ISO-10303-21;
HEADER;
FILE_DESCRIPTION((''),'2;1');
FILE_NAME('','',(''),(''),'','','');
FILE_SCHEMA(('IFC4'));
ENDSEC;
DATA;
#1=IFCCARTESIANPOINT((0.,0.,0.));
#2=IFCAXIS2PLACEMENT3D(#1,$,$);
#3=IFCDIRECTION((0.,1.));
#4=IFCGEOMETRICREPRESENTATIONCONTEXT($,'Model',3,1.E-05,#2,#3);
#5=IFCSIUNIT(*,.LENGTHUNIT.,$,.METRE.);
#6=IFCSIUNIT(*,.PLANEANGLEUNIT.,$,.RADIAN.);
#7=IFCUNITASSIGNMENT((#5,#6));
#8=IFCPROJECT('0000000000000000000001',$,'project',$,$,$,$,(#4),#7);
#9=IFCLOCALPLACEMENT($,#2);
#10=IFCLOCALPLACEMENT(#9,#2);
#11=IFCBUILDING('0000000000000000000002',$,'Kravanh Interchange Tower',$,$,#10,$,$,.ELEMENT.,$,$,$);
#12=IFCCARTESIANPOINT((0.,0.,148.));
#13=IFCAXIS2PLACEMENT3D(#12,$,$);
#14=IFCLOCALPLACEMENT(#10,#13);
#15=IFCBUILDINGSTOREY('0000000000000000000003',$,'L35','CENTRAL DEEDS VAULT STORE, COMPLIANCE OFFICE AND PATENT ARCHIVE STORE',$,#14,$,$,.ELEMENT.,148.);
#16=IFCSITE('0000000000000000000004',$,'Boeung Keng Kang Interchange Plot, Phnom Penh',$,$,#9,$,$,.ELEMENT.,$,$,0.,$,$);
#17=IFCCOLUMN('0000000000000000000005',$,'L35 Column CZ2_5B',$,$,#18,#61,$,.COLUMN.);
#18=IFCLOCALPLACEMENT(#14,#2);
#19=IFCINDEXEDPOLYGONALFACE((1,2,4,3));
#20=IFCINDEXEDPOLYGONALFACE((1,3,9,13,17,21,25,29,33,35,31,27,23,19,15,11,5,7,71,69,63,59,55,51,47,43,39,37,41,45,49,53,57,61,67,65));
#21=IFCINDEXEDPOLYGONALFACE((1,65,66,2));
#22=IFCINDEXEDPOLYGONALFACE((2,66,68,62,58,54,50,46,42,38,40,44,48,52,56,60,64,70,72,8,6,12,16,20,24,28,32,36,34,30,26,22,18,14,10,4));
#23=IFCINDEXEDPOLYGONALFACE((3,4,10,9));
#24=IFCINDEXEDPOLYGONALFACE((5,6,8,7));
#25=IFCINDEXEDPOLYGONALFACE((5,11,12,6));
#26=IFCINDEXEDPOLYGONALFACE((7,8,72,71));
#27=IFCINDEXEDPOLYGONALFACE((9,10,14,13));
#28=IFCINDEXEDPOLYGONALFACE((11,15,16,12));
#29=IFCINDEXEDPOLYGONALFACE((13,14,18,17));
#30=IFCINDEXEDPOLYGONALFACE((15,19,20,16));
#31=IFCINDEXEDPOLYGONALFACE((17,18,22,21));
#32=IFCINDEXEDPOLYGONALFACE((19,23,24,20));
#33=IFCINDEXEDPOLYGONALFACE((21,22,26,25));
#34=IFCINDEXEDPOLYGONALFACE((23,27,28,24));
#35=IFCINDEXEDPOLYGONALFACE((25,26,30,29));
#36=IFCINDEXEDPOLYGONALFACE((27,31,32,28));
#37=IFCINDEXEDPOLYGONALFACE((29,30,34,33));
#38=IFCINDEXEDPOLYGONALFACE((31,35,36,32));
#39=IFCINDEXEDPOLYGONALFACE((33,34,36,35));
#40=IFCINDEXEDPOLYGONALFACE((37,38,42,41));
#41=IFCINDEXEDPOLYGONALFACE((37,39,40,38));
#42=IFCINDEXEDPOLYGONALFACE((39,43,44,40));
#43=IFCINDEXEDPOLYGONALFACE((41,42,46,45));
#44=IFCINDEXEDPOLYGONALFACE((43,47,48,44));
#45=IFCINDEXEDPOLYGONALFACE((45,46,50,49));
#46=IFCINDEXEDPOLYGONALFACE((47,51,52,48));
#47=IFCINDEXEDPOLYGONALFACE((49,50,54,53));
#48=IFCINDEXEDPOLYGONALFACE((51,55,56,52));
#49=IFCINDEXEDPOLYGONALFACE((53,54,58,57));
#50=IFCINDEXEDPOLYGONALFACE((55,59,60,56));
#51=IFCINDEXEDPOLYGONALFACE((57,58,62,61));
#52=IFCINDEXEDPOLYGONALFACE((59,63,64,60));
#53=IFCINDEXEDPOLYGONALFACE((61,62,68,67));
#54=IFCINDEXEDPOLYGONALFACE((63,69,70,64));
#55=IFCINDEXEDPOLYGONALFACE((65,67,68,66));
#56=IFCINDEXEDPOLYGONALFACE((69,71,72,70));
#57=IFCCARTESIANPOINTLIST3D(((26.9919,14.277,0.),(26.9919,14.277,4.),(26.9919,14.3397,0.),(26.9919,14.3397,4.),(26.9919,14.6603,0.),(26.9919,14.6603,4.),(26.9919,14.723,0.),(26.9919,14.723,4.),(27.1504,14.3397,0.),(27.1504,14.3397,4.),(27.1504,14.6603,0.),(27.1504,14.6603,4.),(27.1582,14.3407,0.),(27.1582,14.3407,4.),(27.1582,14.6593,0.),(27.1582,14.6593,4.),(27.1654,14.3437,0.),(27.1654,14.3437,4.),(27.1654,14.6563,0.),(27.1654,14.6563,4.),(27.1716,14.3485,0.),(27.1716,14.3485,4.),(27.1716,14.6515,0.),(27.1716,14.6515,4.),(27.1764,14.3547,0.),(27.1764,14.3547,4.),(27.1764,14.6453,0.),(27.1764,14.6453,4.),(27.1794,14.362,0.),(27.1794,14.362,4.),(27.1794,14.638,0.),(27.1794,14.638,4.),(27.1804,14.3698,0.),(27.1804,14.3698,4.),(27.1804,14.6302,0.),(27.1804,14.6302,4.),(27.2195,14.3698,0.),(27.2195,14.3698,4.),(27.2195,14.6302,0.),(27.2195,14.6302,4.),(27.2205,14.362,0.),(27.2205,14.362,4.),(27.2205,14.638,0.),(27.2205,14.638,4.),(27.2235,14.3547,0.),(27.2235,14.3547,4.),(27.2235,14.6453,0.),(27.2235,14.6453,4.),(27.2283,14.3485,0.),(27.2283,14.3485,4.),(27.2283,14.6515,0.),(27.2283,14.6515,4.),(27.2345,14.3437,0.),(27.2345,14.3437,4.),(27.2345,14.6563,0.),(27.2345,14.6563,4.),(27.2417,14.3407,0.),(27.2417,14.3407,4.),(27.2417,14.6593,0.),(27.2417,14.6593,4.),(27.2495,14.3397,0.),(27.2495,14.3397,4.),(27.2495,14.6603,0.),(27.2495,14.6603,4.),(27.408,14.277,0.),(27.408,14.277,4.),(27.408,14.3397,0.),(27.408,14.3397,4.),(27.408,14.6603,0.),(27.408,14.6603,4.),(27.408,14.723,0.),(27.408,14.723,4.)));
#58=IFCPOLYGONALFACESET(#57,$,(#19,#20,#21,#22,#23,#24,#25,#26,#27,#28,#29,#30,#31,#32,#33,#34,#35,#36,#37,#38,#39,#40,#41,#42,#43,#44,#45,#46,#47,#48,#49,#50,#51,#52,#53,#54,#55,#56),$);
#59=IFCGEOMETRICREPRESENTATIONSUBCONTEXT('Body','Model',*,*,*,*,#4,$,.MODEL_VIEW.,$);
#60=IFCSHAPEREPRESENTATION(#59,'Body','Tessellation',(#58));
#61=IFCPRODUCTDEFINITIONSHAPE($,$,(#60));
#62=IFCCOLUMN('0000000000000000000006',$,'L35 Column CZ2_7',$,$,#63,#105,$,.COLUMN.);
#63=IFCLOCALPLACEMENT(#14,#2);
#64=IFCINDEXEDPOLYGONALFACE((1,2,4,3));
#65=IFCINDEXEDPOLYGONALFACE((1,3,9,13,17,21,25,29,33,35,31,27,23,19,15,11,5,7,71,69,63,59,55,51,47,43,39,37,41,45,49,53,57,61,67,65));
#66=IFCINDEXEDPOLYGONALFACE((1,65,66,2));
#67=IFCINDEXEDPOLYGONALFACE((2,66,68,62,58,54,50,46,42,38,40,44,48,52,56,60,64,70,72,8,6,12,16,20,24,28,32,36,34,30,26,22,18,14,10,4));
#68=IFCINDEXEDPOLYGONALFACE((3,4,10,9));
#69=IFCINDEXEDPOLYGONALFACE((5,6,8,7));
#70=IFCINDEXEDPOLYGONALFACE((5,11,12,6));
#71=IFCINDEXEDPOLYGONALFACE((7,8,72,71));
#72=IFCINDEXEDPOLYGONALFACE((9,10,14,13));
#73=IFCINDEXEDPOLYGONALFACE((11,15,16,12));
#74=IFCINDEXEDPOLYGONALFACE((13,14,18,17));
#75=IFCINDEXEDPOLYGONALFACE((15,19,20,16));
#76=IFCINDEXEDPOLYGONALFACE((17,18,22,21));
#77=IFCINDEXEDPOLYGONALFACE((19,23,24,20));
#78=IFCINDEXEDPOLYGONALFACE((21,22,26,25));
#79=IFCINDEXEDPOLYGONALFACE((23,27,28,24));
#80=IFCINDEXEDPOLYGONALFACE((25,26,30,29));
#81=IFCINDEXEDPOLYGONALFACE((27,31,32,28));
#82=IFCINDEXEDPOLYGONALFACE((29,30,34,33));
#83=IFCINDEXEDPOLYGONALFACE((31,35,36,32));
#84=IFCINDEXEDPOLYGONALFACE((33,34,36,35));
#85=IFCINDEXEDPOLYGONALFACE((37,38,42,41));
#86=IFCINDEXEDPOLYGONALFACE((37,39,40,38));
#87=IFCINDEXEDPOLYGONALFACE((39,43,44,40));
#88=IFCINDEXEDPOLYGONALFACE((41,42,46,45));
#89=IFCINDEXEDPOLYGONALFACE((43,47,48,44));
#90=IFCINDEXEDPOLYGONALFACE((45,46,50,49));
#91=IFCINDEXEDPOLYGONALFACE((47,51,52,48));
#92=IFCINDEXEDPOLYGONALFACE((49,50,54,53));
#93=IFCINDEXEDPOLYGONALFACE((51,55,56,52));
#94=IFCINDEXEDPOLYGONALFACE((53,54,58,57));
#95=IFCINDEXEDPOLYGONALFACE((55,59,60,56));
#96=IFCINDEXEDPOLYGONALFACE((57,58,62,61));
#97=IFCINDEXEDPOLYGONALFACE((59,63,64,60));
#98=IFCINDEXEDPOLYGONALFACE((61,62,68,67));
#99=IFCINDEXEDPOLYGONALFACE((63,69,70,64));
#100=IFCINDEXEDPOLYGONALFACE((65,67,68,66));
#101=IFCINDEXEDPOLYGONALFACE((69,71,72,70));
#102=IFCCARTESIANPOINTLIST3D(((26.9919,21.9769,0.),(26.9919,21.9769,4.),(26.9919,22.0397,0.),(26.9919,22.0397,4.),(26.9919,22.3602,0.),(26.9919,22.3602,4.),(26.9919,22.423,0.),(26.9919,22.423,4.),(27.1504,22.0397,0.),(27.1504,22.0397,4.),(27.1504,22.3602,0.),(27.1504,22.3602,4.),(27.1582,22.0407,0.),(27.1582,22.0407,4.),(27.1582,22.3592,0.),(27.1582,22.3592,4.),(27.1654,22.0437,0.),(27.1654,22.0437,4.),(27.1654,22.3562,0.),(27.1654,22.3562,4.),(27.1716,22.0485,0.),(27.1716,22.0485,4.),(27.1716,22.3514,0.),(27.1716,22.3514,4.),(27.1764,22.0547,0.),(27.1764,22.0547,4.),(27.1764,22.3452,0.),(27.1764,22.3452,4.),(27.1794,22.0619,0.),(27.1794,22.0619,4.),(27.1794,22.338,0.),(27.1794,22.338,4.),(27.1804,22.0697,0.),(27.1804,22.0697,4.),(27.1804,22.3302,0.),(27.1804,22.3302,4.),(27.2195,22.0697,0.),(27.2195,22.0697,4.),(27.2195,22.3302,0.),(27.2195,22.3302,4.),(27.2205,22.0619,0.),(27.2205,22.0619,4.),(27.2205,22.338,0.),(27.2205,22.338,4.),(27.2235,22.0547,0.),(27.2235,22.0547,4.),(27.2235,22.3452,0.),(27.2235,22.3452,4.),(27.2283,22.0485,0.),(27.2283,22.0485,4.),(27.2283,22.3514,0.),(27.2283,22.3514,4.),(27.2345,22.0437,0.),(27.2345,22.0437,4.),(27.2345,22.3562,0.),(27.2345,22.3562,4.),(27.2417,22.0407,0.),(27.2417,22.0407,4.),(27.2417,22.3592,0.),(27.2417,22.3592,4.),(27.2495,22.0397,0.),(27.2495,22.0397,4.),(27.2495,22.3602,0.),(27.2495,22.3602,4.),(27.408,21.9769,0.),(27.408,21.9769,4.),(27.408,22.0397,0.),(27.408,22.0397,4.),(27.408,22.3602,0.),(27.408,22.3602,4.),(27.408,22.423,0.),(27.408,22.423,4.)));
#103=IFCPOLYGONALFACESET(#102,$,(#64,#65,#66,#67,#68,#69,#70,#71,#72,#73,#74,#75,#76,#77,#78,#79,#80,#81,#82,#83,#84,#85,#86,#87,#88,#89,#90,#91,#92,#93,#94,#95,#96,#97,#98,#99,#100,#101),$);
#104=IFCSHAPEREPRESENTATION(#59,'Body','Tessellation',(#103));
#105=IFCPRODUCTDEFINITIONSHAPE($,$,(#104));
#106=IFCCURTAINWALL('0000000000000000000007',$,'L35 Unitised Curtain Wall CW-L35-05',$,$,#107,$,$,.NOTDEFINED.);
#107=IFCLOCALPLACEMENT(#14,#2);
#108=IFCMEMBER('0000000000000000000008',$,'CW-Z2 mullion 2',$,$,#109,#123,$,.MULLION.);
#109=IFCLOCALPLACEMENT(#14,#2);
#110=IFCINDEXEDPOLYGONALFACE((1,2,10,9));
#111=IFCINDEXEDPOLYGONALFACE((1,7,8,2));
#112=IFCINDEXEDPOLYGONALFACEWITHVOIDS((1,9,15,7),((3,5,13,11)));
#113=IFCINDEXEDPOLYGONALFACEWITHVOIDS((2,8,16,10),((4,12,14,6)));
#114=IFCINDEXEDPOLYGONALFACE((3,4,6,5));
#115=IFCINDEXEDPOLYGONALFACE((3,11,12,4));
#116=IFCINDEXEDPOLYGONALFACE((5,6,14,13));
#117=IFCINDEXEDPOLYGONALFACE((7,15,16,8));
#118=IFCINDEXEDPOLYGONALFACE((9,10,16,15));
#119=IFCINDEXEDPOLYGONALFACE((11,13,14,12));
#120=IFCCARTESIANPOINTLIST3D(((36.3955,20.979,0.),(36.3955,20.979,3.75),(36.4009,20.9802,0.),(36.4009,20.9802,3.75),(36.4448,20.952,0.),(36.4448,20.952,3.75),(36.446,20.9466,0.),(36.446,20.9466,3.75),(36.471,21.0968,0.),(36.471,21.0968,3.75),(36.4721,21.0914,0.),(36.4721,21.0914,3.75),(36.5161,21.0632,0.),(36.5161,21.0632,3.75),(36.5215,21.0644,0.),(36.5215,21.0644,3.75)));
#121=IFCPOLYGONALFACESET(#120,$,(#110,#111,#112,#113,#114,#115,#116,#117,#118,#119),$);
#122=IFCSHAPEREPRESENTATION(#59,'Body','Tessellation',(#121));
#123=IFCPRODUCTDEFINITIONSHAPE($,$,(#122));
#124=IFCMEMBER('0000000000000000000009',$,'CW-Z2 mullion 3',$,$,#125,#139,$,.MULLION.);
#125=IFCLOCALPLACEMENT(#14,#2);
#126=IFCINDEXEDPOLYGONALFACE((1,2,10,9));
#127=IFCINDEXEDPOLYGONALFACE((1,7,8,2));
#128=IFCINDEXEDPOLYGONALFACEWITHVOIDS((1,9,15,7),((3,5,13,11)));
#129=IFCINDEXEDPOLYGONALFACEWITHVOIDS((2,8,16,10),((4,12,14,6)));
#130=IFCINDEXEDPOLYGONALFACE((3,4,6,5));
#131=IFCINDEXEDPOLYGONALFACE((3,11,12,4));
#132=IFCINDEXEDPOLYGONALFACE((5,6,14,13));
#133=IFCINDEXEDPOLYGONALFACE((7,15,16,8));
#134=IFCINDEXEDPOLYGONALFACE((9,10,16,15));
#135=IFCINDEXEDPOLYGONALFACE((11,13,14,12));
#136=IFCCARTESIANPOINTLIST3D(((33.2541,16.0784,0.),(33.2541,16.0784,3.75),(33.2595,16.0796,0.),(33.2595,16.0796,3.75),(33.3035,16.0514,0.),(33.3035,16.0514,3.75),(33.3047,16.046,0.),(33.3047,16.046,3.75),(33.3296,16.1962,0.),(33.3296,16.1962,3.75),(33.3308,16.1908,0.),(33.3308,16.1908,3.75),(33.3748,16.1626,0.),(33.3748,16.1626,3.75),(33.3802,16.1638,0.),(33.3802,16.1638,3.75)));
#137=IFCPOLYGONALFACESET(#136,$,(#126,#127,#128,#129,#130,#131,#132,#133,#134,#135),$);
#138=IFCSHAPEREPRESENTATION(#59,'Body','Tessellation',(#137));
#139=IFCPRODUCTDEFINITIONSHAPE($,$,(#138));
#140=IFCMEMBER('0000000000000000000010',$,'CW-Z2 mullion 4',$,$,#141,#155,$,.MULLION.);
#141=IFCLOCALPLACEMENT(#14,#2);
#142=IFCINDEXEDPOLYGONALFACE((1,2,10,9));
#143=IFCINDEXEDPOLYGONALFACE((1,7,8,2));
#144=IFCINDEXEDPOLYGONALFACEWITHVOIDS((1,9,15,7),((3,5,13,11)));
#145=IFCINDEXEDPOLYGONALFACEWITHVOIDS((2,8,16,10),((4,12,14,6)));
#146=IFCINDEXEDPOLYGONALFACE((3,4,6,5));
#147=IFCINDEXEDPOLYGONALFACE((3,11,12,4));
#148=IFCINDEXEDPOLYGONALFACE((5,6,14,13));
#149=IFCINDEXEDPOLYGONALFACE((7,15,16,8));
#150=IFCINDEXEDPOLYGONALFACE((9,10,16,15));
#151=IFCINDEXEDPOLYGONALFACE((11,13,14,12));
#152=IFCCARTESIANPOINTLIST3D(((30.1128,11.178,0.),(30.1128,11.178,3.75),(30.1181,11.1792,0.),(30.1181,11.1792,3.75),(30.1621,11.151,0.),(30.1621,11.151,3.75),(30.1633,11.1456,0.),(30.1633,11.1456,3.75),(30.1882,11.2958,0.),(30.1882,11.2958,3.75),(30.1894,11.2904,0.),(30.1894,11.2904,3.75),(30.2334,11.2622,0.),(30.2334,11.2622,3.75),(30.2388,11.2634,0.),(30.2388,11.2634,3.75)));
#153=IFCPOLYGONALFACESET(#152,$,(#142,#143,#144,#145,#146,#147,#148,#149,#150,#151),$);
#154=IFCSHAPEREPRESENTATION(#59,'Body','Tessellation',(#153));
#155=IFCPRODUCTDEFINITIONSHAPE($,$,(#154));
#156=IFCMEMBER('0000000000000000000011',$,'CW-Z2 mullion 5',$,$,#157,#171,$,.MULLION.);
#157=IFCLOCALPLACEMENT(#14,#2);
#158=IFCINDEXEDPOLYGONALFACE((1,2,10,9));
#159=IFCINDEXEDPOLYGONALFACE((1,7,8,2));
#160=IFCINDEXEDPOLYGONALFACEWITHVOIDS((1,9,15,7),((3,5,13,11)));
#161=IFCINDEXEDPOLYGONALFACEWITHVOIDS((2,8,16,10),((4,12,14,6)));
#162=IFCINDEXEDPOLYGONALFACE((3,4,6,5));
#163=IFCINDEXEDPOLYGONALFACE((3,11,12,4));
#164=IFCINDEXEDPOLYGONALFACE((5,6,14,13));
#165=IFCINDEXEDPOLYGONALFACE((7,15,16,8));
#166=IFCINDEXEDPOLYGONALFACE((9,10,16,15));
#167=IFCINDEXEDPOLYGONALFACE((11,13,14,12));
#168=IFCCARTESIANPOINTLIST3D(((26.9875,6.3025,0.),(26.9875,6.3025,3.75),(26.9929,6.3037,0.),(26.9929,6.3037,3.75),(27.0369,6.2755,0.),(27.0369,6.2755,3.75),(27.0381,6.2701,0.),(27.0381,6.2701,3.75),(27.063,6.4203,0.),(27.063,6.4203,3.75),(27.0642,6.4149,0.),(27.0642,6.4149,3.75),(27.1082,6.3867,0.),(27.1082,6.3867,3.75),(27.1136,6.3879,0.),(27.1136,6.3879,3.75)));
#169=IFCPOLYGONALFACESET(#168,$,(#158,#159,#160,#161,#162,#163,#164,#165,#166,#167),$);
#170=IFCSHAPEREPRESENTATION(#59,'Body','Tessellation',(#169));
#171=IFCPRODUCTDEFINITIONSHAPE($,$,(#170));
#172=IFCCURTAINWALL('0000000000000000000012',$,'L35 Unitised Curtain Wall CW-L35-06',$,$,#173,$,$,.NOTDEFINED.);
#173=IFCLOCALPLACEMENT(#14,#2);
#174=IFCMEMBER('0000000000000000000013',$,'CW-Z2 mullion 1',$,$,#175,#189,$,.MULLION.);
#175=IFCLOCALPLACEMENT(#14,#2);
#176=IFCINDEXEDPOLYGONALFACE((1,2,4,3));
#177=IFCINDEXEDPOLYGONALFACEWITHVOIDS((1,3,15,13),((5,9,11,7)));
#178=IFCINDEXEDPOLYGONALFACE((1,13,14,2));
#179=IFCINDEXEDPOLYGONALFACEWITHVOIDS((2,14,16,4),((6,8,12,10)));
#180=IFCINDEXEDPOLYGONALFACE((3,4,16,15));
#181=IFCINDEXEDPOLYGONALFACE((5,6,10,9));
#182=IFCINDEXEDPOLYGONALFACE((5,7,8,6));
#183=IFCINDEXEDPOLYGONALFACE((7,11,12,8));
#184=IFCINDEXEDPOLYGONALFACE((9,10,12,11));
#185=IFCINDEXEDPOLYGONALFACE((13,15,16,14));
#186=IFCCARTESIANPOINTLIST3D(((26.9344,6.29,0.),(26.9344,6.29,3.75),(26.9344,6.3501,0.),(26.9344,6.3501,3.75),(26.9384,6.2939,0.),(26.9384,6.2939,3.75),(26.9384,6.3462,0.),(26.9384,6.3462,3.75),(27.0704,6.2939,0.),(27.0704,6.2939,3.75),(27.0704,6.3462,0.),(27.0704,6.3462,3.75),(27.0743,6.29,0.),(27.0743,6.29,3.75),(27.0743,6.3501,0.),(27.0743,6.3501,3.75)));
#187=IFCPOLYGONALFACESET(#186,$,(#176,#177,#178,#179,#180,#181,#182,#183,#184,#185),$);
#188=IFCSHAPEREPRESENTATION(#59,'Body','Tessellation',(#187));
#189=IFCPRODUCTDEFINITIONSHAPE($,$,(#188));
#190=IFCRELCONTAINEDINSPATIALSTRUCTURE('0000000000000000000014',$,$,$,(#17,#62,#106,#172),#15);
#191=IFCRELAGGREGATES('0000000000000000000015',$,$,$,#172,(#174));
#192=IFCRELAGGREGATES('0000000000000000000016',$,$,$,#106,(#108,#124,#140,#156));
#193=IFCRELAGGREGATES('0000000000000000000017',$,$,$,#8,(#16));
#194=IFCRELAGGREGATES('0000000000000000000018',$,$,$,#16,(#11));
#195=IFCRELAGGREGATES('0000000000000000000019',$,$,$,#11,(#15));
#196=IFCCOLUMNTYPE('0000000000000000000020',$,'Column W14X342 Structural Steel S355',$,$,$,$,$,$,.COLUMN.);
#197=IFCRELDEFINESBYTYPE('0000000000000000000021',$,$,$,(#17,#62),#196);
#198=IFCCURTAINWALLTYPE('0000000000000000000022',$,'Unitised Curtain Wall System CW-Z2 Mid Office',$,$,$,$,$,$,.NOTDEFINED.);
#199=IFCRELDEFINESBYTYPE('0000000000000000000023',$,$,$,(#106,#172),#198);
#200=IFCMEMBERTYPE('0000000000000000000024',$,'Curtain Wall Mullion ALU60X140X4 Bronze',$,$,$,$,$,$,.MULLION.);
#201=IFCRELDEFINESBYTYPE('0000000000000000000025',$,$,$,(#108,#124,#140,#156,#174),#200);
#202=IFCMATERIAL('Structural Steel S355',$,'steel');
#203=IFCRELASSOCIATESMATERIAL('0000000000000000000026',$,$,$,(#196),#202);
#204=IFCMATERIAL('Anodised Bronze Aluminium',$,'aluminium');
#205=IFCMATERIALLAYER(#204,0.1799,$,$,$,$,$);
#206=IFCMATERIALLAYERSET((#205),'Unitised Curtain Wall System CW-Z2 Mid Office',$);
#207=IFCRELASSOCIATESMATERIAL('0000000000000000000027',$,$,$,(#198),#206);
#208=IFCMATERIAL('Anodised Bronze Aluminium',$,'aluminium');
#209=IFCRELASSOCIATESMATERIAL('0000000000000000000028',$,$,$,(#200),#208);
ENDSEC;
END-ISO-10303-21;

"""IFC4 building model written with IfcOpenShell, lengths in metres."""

from ifc_helpers import new_model, si_unit, direction, frame, origin, origin_2d, place, context, subcontext, project, spatial, hollow_rectangle, i_section, extrude, material, layer, layer_set, material_profile, profile_set, type_object, element, aggregate, save


model = new_model("IFC4")

# Units and contexts
model_context = context("Model", 3, precision=1e-05, world=origin(), true_north=direction((0.0, 1.0)))
body_context = subcontext(model_context, "Body", "Model", "MODEL_VIEW")
ifc_project = project(units=[si_unit("LENGTHUNIT", "METRE"), si_unit("PLANEANGLEUNIT", "RADIAN")], contexts=[model_context])

# Site, building, storey
site_placement = place(None, origin())
site = spatial("IfcSite", under=ifc_project, at=site_placement, Name="Boeung Keng Kang Interchange Plot, Phnom Penh", CompositionType="ELEMENT", RefElevation=0.0)
building_placement = place(site_placement, origin())
building = spatial("IfcBuilding", under=site, at=building_placement, Name="Kravanh Interchange Tower", CompositionType="ELEMENT")
storey_placement = place(building_placement, frame((0.0, 0.0, 148.0)))
storey = spatial("IfcBuildingStorey", under=building, at=storey_placement, Name="L35", Description="CENTRAL DEEDS VAULT STORE, COMPLIANCE OFFICE AND PATENT ARCHIVE STORE", CompositionType="ELEMENT", Elevation=148.0)

# Columns
ifc_material_1 = material(Name="Structural Steel S355", Category="steel")
ifc_material_profile_1 = material_profile(ifc_material_1, i_section(OverallWidth=0.416, OverallDepth=0.446, WebThickness=0.0391, FlangeThickness=0.0627, FilletRadius=0.03, at=origin_2d()), Name="W14X342")
ifc_profile_set_1 = profile_set([ifc_material_profile_1], Name="Structural Steel S355")
column_type = type_object("IfcColumnType", Name="Column W14X342 Structural Steel S355", PredefinedType="COLUMN", material=ifc_profile_set_1)
for number, where, z_axis, x_axis, name in (
    (1, (27.2, 14.5, 0.0), (0.0, 0.0, 1.0), (1.0, 0.0, 0.0), "L35 Column CZ2_5B"),
    (2, (27.2, 22.2, 0.0), (0.0, 0.0, 1.0), (1.0, 0.0, 0.0), "L35 Column CZ2_7"),
):
    element("IfcColumn", number, at=place(storey_placement, frame(where, z_axis=z_axis, x_axis=x_axis)), inside=storey, type_object=column_type, Name=name, PredefinedType="COLUMN", context=body_context, shape_type="SweptSolid", body=[
        extrude(i_section(OverallWidth=0.416, OverallDepth=0.446, WebThickness=0.0391, FlangeThickness=0.0627, FilletRadius=0.03, at=origin_2d()), origin(), (0.0, 0.0, 1.0), 4.0),
    ])

# Curtain wall, members
ifc_material_2 = material(Name="Anodised Bronze Aluminium", Category="aluminium")
ifc_layer_1 = layer(ifc_material_2, 0.1799)
ifc_layer_set_1 = layer_set([ifc_layer_1], Name="Unitised Curtain Wall System CW-Z2 Mid Office")
curtain_wall_type = type_object("IfcCurtainWallType", Name="Unitised Curtain Wall System CW-Z2 Mid Office", PredefinedType="NOTDEFINED", material=ifc_layer_set_1)
curtain_wall_1_placement = place(storey_placement, origin())
curtain_wall_1 = element("IfcCurtainWall", 3, at=curtain_wall_1_placement, inside=storey, type_object=curtain_wall_type, Name="L35 Unitised Curtain Wall CW-L35-05", PredefinedType="NOTDEFINED")
ifc_material_3 = material(Name="Anodised Bronze Aluminium", Category="aluminium")
ifc_material_profile_2 = material_profile(ifc_material_3, hollow_rectangle(XDim=0.0601, YDim=0.1399, WallThickness=0.0039, at=origin_2d()), Name="ALU60X140X4")
ifc_profile_set_2 = profile_set([ifc_material_profile_2], Name="Anodised Bronze Aluminium")
member_type_1 = type_object("IfcMemberType", Name="Curtain Wall Mullion ALU60X140X4 Bronze", PredefinedType="MULLION", material=ifc_profile_set_2)
member_1_placement = place(storey_placement, frame((36.4585, 21.0217, 0.0), z_axis=(0.0, 0.0, 1.0), x_axis=(0.84188, -0.539665, 0.0)))
member_1 = element("IfcMember", 4, at=member_1_placement, type_object=member_type_1, Name="CW-Z2 mullion 2", PredefinedType="MULLION", context=body_context, shape_type="SweptSolid", body=[
    extrude(hollow_rectangle(XDim=0.0601, YDim=0.1399, WallThickness=0.0039, at=origin_2d()), origin(), (0.0, 0.0, 1.0), 3.75),
])
member_2_placement = place(storey_placement, frame((33.3171, 16.1211, 0.0), z_axis=(0.0, 0.0, 1.0), x_axis=(0.84188, -0.539665, 0.0)))
member_2 = element("IfcMember", 5, at=member_2_placement, type_object=member_type_1, Name="CW-Z2 mullion 3", PredefinedType="MULLION", context=body_context, shape_type="SweptSolid", body=[
    extrude(hollow_rectangle(XDim=0.0601, YDim=0.1399, WallThickness=0.0039, at=origin_2d()), origin(), (0.0, 0.0, 1.0), 3.75),
])
member_3_placement = place(storey_placement, frame((30.1758, 11.2207, 0.0), z_axis=(0.0, 0.0, 1.0), x_axis=(0.84188, -0.539665, 0.0)))
member_3 = element("IfcMember", 6, at=member_3_placement, type_object=member_type_1, Name="CW-Z2 mullion 4", PredefinedType="MULLION", context=body_context, shape_type="SweptSolid", body=[
    extrude(hollow_rectangle(XDim=0.0601, YDim=0.1399, WallThickness=0.0039, at=origin_2d()), origin(), (0.0, 0.0, 1.0), 3.75),
])
member_4_placement = place(storey_placement, frame((27.0505, 6.3452, 0.0), z_axis=(0.0, 0.0, 1.0), x_axis=(0.84188, -0.539665, 0.0)))
member_4 = element("IfcMember", 7, at=member_4_placement, type_object=member_type_1, Name="CW-Z2 mullion 5", PredefinedType="MULLION", context=body_context, shape_type="SweptSolid", body=[
    extrude(hollow_rectangle(XDim=0.0601, YDim=0.1399, WallThickness=0.0039, at=origin_2d()), origin(), (0.0, 0.0, 1.0), 3.75),
])

# Curtain wall, member
curtain_wall_2_placement = place(storey_placement, origin())
curtain_wall_2 = element("IfcCurtainWall", 8, at=curtain_wall_2_placement, inside=storey, type_object=curtain_wall_type, Name="L35 Unitised Curtain Wall CW-L35-06", PredefinedType="NOTDEFINED")
member_5_placement = place(storey_placement, frame((27.0044, 6.3201, 0.0), z_axis=(0.0, 0.0, 1.0), x_axis=(0.0, -1.0, 0.0)))
member_5 = element("IfcMember", 9, at=member_5_placement, type_object=member_type_1, Name="CW-Z2 mullion 1", PredefinedType="MULLION", context=body_context, shape_type="SweptSolid", body=[
    extrude(hollow_rectangle(XDim=0.0601, YDim=0.1399, WallThickness=0.0039, at=origin_2d()), origin(), (0.0, 0.0, 1.0), 3.75),
])

aggregate(curtain_wall_2, [member_5])

aggregate(curtain_wall_1, [member_1, member_2, member_3, member_4])

save(model, "model.ifc")
